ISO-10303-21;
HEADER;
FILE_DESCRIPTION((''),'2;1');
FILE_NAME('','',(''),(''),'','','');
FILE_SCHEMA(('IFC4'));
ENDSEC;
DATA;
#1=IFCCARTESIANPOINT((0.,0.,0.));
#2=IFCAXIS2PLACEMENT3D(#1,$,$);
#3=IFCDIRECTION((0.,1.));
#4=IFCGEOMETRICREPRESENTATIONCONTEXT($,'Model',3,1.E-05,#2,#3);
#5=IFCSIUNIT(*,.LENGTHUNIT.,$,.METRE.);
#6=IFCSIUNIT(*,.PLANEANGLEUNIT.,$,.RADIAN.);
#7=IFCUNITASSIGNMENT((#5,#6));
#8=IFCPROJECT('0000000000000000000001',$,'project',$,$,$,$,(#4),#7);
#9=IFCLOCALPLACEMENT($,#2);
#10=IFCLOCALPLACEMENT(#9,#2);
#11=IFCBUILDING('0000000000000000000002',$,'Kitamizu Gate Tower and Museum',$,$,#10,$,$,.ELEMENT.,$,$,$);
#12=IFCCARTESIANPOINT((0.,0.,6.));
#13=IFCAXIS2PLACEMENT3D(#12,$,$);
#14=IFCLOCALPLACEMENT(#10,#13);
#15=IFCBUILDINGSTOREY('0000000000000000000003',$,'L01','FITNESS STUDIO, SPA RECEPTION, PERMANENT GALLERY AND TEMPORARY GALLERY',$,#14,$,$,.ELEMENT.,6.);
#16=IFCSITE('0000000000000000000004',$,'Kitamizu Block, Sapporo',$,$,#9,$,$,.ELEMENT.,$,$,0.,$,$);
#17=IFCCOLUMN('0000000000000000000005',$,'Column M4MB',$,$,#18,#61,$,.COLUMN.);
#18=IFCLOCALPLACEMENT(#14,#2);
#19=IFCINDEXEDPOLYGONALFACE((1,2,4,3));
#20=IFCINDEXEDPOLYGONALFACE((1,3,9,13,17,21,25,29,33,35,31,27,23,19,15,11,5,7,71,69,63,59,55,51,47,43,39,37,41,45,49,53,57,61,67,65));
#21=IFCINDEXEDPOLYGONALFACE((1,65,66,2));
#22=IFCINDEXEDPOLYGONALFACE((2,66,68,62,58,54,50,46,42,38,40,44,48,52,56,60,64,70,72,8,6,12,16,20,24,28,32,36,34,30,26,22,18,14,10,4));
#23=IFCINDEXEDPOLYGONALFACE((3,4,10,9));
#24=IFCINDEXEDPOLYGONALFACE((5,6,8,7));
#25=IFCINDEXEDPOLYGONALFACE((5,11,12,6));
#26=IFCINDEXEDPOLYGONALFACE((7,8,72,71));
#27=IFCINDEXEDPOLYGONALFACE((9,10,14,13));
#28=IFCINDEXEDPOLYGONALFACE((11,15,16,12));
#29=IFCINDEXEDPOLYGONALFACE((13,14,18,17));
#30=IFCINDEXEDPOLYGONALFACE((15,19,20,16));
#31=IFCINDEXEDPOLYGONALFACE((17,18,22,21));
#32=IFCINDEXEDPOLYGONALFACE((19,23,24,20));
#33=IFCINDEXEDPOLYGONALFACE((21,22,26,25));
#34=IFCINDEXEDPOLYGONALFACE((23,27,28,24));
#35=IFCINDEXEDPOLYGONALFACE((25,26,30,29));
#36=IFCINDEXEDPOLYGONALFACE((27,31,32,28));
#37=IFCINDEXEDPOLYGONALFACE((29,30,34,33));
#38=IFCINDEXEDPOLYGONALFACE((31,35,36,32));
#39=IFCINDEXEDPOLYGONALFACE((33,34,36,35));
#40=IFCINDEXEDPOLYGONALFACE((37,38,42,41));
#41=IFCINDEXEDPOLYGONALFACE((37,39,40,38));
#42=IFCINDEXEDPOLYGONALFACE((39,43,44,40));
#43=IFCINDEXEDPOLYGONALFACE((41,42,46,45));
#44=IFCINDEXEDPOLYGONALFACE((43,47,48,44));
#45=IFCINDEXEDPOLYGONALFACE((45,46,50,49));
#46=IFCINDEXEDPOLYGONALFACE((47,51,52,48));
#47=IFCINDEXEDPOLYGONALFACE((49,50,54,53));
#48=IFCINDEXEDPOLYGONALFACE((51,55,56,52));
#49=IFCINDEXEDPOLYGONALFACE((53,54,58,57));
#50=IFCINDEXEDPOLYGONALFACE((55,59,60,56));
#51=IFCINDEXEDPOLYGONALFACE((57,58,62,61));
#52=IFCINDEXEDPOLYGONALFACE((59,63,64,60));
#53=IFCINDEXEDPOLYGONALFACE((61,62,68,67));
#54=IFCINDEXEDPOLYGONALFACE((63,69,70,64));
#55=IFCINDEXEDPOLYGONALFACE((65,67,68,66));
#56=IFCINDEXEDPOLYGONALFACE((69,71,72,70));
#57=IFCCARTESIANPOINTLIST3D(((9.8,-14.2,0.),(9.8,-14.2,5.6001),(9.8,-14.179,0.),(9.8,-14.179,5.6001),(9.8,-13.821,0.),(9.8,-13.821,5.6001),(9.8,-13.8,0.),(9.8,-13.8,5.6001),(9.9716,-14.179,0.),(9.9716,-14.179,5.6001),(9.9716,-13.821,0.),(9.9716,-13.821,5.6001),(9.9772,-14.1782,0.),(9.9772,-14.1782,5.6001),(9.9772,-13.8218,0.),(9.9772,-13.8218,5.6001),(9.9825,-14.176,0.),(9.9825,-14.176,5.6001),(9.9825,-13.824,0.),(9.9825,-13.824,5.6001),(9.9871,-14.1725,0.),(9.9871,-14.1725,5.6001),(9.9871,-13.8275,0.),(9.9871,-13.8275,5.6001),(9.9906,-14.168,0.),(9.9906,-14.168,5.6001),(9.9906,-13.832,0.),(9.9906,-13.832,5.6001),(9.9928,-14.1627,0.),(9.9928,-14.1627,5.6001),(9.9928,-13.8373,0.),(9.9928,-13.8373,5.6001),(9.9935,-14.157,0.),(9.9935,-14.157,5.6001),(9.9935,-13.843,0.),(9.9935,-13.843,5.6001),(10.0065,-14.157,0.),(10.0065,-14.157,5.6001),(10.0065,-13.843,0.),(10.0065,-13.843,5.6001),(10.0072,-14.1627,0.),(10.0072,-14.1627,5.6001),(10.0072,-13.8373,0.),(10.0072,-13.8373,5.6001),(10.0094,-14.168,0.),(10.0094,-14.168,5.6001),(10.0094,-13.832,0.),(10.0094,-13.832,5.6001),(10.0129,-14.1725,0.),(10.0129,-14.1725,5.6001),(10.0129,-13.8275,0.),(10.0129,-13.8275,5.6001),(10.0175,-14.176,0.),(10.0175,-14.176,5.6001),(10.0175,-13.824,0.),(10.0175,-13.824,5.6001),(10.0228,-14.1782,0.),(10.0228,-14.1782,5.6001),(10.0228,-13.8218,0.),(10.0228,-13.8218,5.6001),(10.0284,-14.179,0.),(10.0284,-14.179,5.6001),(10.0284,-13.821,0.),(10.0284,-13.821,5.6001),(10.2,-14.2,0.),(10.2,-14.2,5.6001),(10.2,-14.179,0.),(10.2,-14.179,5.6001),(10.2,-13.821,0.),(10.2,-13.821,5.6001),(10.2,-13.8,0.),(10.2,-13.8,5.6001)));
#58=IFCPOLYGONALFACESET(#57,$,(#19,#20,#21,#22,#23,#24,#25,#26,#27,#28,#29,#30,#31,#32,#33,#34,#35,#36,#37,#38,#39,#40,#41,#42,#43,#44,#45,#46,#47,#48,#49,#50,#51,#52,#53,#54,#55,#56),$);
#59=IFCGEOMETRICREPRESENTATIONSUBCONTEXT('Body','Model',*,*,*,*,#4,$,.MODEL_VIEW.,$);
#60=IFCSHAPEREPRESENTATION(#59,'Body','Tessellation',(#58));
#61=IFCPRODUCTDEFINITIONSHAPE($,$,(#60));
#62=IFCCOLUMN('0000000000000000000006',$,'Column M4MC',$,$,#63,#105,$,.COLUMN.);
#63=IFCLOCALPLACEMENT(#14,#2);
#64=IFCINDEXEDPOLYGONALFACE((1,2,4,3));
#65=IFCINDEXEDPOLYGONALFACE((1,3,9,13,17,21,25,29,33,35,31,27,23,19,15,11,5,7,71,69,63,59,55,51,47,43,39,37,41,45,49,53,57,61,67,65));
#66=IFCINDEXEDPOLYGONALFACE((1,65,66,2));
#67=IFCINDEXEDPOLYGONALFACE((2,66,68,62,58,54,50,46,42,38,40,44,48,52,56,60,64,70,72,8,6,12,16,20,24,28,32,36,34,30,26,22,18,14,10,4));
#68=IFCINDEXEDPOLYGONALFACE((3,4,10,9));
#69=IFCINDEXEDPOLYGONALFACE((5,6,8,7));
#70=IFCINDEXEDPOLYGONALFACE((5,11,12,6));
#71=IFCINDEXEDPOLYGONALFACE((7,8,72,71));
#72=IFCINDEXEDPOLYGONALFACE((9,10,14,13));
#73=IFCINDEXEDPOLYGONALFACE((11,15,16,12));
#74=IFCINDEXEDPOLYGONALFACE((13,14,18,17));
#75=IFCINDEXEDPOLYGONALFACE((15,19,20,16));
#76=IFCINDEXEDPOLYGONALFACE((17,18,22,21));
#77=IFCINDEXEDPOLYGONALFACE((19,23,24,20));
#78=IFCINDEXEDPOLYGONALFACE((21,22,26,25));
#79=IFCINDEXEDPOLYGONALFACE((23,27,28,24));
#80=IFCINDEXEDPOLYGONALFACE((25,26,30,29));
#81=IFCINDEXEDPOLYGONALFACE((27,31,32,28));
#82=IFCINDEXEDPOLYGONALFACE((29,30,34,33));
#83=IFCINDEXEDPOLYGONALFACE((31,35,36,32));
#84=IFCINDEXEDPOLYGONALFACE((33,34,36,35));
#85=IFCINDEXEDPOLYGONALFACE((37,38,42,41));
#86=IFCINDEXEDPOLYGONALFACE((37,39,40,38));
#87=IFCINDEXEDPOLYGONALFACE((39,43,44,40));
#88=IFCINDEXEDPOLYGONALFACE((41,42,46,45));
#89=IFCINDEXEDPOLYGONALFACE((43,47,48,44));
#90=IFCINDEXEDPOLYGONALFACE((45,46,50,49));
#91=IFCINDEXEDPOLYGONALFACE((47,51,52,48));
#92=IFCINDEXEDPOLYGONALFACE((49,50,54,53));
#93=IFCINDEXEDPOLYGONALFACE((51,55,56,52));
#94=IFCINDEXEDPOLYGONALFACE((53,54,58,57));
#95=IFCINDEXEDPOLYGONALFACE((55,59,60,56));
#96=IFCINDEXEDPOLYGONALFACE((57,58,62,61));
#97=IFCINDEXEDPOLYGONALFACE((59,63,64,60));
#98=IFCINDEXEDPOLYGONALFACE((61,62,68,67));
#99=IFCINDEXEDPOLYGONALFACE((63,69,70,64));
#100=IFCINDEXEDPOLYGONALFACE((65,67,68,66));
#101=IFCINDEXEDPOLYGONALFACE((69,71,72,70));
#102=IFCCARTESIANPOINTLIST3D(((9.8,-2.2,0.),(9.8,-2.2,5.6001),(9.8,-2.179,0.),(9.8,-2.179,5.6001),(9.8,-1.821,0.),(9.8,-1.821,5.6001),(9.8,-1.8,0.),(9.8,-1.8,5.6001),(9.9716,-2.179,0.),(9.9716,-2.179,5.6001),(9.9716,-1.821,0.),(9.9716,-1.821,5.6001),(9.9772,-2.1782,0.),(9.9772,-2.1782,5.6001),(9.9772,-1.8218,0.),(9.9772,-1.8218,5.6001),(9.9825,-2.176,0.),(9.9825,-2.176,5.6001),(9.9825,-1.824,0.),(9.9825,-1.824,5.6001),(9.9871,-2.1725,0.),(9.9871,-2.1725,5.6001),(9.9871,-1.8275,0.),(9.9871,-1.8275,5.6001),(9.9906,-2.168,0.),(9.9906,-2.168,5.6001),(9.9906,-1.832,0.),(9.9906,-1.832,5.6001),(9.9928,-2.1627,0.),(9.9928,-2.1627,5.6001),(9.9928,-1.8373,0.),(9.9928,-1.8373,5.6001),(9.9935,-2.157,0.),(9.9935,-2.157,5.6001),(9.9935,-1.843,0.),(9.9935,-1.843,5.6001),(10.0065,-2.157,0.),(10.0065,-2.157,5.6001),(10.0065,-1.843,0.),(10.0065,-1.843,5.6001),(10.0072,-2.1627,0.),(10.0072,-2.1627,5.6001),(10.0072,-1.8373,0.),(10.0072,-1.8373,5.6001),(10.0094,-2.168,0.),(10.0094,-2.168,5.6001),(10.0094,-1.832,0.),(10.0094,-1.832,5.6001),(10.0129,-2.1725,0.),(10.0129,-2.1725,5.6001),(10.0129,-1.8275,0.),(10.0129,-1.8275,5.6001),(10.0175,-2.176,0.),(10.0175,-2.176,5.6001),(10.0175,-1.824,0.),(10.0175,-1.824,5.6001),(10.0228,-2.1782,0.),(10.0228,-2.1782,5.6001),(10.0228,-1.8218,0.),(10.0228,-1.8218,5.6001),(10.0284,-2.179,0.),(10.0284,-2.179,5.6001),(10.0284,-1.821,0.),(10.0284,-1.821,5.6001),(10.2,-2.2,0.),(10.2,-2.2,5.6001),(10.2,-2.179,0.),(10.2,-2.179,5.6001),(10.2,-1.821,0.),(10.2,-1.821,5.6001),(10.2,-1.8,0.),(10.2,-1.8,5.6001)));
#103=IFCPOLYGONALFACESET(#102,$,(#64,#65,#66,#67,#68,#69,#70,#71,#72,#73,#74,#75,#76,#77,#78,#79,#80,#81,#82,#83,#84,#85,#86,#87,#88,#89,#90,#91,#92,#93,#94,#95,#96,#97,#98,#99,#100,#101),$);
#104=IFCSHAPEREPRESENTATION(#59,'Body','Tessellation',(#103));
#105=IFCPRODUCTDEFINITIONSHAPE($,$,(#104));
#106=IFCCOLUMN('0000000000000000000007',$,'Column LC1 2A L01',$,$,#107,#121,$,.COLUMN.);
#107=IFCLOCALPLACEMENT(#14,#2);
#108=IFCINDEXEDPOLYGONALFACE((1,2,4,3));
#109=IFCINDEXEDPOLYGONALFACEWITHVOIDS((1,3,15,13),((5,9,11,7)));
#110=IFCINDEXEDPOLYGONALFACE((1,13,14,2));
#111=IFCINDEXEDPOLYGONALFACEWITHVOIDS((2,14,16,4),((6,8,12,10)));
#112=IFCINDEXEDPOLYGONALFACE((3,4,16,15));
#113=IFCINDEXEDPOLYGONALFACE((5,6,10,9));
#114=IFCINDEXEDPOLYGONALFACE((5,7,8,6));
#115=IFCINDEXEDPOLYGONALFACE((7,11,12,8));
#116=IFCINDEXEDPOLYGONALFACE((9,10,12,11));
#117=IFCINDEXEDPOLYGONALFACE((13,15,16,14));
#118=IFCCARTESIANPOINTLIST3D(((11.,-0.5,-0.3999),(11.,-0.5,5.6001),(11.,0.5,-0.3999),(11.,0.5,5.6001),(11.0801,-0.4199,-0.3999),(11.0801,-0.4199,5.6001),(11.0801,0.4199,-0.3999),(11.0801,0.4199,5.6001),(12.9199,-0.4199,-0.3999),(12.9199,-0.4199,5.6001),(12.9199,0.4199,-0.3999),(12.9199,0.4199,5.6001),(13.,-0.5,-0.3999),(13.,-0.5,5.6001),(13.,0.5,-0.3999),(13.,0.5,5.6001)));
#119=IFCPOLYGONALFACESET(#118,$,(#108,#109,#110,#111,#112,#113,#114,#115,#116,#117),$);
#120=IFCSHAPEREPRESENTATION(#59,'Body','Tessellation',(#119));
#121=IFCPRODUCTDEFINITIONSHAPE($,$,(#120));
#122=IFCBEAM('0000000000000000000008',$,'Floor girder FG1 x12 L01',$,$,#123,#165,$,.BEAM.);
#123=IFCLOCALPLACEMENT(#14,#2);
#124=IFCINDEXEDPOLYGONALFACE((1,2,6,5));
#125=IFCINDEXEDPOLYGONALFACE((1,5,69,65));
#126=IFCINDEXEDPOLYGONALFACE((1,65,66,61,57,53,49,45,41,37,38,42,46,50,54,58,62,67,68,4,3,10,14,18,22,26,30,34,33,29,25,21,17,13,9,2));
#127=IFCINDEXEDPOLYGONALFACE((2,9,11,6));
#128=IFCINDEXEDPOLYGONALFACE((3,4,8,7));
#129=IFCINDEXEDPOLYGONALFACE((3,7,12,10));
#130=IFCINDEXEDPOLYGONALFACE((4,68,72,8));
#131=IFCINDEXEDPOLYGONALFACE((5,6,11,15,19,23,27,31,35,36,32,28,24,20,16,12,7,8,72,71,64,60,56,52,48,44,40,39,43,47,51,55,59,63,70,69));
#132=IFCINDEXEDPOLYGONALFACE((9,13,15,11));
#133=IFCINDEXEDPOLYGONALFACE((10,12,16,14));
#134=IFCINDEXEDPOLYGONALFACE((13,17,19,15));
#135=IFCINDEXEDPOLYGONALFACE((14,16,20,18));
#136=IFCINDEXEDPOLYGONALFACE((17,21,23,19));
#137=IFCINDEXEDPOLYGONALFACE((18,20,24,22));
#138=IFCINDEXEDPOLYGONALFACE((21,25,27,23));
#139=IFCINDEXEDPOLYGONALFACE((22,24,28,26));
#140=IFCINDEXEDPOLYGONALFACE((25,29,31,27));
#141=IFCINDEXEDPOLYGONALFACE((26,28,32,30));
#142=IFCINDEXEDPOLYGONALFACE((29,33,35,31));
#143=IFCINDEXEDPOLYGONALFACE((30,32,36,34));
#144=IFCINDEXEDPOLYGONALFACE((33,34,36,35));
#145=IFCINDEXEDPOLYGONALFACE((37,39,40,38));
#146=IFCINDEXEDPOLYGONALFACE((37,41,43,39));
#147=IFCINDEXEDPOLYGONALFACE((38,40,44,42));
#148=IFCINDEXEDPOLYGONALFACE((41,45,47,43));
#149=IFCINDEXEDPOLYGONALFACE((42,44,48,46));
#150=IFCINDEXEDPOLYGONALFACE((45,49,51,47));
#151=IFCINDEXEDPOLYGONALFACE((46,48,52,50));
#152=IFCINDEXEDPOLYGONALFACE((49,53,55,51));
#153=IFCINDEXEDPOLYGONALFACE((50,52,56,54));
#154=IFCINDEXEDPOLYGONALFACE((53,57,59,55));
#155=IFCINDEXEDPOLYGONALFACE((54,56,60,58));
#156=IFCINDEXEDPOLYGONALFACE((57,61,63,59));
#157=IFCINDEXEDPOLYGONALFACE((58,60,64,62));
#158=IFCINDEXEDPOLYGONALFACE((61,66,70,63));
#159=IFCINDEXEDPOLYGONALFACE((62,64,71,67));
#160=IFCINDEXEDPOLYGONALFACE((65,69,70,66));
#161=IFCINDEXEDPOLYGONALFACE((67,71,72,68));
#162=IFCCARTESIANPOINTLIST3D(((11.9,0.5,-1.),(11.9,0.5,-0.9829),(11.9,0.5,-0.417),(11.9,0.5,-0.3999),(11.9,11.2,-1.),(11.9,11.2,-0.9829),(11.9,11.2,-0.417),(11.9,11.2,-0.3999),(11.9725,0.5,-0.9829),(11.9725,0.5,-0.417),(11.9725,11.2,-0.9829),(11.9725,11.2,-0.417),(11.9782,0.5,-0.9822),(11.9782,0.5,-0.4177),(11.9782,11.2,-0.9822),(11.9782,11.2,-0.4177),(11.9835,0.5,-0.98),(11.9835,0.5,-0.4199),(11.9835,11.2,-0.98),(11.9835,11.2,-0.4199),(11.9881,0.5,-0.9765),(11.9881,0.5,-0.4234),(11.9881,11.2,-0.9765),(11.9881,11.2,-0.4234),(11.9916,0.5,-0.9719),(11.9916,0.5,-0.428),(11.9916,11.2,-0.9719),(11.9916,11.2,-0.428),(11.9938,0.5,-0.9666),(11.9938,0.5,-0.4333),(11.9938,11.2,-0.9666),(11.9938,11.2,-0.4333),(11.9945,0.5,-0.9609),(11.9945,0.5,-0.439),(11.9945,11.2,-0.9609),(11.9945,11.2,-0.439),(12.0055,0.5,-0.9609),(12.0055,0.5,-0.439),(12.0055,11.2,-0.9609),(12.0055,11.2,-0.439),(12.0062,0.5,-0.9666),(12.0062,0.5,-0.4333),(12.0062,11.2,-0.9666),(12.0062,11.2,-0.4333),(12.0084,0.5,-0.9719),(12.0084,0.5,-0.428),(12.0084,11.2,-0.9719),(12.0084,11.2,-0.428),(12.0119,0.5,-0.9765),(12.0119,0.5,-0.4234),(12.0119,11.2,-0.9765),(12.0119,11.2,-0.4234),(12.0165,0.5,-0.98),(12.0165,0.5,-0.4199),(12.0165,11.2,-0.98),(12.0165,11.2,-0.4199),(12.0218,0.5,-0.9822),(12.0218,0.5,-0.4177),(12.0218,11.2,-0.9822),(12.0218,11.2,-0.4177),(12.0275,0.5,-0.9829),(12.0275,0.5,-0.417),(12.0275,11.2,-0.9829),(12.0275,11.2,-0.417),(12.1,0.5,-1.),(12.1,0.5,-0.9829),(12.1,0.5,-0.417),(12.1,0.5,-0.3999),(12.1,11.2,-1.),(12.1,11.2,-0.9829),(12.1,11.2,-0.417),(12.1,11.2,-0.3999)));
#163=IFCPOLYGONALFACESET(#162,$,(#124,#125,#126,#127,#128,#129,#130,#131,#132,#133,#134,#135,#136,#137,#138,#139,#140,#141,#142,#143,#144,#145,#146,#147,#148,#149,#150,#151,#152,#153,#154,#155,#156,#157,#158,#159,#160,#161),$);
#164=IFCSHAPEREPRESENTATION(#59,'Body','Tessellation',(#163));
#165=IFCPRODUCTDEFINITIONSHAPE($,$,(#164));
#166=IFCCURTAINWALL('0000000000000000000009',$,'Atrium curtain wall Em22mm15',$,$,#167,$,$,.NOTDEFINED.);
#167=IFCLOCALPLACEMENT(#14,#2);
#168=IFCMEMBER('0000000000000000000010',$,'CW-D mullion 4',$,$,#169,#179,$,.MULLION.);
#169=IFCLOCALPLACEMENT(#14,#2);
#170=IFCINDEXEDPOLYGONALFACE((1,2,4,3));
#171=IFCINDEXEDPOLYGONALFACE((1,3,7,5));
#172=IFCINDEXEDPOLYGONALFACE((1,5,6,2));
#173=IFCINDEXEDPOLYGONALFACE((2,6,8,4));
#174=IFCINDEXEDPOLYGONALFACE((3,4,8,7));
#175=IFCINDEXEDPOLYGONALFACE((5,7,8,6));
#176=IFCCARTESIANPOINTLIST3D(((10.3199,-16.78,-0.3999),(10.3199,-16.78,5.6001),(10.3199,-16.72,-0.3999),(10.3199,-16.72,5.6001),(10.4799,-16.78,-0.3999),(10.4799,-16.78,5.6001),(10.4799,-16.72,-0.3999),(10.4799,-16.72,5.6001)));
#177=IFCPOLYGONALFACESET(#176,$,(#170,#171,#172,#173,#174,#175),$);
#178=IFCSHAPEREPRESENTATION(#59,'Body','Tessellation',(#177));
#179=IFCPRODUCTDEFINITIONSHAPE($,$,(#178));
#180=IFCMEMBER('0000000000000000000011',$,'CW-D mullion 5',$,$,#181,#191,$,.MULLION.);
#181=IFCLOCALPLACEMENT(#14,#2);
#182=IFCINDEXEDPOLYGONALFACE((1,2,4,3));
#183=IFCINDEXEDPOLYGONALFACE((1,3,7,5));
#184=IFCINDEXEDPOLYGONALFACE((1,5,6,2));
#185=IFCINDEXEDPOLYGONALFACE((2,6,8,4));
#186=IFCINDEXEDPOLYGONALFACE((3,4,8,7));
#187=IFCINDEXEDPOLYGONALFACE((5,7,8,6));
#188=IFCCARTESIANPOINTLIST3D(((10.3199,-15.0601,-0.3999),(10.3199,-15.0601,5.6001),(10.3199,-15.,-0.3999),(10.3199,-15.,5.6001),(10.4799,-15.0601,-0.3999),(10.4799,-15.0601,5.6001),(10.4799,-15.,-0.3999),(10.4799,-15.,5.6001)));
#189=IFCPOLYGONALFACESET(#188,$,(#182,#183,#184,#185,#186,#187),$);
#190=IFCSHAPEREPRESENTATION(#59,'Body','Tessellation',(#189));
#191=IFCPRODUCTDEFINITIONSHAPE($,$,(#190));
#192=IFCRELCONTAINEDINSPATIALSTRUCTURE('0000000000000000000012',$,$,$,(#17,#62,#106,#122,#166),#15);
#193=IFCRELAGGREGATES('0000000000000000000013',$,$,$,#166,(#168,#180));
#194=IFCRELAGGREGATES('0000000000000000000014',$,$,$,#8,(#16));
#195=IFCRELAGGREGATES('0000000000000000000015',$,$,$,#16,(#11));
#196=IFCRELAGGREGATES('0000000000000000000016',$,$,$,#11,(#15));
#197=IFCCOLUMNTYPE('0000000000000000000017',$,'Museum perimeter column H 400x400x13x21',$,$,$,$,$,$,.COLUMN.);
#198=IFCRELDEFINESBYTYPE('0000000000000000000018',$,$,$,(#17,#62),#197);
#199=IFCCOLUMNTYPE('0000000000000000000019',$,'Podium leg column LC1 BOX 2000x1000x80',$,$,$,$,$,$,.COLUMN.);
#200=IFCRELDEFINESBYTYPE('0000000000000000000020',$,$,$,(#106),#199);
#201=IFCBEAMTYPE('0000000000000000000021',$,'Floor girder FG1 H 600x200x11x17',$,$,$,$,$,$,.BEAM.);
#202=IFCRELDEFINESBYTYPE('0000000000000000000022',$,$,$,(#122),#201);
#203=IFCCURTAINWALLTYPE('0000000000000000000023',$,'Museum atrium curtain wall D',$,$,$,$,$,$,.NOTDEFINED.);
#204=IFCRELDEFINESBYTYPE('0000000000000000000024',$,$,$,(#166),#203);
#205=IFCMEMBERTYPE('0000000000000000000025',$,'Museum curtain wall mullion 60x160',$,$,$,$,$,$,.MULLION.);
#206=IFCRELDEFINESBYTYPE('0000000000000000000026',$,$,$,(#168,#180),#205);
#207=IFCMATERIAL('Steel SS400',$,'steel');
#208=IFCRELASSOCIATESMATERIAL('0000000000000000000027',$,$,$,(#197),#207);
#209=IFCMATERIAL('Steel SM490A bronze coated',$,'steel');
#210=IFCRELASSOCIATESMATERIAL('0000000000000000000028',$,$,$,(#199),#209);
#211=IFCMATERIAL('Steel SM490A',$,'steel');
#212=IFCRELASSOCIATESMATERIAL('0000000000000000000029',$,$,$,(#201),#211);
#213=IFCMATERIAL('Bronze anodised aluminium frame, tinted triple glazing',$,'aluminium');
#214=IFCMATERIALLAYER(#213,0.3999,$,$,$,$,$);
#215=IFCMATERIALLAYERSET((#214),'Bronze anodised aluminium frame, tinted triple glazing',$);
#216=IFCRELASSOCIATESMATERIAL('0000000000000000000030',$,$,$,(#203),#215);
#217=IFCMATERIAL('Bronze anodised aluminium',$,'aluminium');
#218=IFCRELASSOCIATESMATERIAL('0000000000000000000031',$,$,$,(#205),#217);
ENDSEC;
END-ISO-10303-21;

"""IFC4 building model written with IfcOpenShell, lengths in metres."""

from ifc_helpers import new_model, si_unit, direction, frame, origin, origin_2d, place, context, subcontext, project, spatial, rectangle, hollow_rectangle, i_section, extrude, material, layer, layer_set, material_profile, profile_set, type_object, element, aggregate, save


model = new_model("IFC4")

# Units and contexts
model_context = context("Model", 3, precision=1e-05, world=origin(), true_north=direction((0.0, 1.0)))
body_context = subcontext(model_context, "Body", "Model", "MODEL_VIEW")
ifc_project = project(units=[si_unit("LENGTHUNIT", "METRE"), si_unit("PLANEANGLEUNIT", "RADIAN")], contexts=[model_context])

# Site, building, storey
site_placement = place(None, origin())
site = spatial("IfcSite", under=ifc_project, at=site_placement, Name="Kitamizu Block, Sapporo", CompositionType="ELEMENT", RefElevation=0.0)
building_placement = place(site_placement, origin())
building = spatial("IfcBuilding", under=site, at=building_placement, Name="Kitamizu Gate Tower and Museum", CompositionType="ELEMENT")
storey_placement = place(building_placement, frame((0.0, 0.0, 6.0)))
storey = spatial("IfcBuildingStorey", under=building, at=storey_placement, Name="L01", Description="FITNESS STUDIO, SPA RECEPTION, PERMANENT GALLERY AND TEMPORARY GALLERY", CompositionType="ELEMENT", Elevation=6.0)

# Columns
ifc_material_1 = material(Name="Steel SS400", Category="steel")
ifc_material_profile_1 = material_profile(ifc_material_1, i_section(OverallWidth=0.3999, OverallDepth=0.3999, WebThickness=0.0129, FlangeThickness=0.021, FilletRadius=0.022, at=origin_2d()), Name="H-400x400x13x21")
ifc_profile_set_1 = profile_set([ifc_material_profile_1], Name="Steel SS400")
column_type_1 = type_object("IfcColumnType", Name="Museum perimeter column H 400x400x13x21", PredefinedType="COLUMN", material=ifc_profile_set_1)
for number, where, z_axis, x_axis, name in (
    (1, (10.0, -14.0, 0.0), (0.0, 0.0, 1.0), (1.0, 0.0, 0.0), "Column M4MB"),
    (2, (10.0, -2.0, 0.0), (0.0, 0.0, 1.0), (1.0, 0.0, 0.0), "Column M4MC"),
):
    element("IfcColumn", number, at=place(storey_placement, frame(where, z_axis=z_axis, x_axis=x_axis)), inside=storey, type_object=column_type_1, Name=name, PredefinedType="COLUMN", context=body_context, shape_type="SweptSolid", body=[
        extrude(i_section(OverallWidth=0.3999, OverallDepth=0.3999, WebThickness=0.0129, FlangeThickness=0.021, FilletRadius=0.022, at=origin_2d()), origin(), (0.0, 0.0, 1.0), 5.6001),
    ])
ifc_material_2 = material(Name="Steel SM490A bronze coated", Category="steel")
ifc_material_profile_2 = material_profile(ifc_material_2, hollow_rectangle(XDim=2.0, YDim=1.0, WallThickness=0.0801, at=origin_2d()), Name="BOX 2000x1000x80")
ifc_profile_set_2 = profile_set([ifc_material_profile_2], Name="Steel SM490A bronze coated")
column_type_2 = type_object("IfcColumnType", Name="Podium leg column LC1 BOX 2000x1000x80", PredefinedType="COLUMN", material=ifc_profile_set_2)
column_placement = place(storey_placement, frame((12.0, 0.0, -0.3999), z_axis=(0.0, 0.0, 1.0), x_axis=(1.0, 0.0, 0.0)))
element("IfcColumn", 3, at=column_placement, inside=storey, type_object=column_type_2, Name="Column LC1 2A L01", PredefinedType="COLUMN", context=body_context, shape_type="SweptSolid", body=[
    extrude(hollow_rectangle(XDim=2.0, YDim=1.0, WallThickness=0.0801, at=origin_2d()), origin(), (0.0, 0.0, 1.0), 6.0),
])

# Beam
ifc_material_3 = material(Name="Steel SM490A", Category="steel")
ifc_material_profile_3 = material_profile(ifc_material_3, i_section(OverallWidth=0.2, OverallDepth=0.6001, WebThickness=0.011, FlangeThickness=0.0171, FilletRadius=0.022, at=origin_2d()), Name="H-600x200x11x17")
ifc_profile_set_3 = profile_set([ifc_material_profile_3], Name="Steel SM490A")
beam_type_1 = type_object("IfcBeamType", Name="Floor girder FG1 H 600x200x11x17", PredefinedType="BEAM", material=ifc_profile_set_3)
beam_1_placement = place(storey_placement, frame((12.0, 0.5, -0.7), z_axis=(0.0, 1.0, 0.0), x_axis=(-1.0, 0.0, 0.0)))
element("IfcBeam", 4, at=beam_1_placement, inside=storey, type_object=beam_type_1, Name="Floor girder FG1 x12 L01", PredefinedType="BEAM", context=body_context, shape_type="SweptSolid", body=[
    extrude(i_section(OverallWidth=0.2, OverallDepth=0.6001, WebThickness=0.011, FlangeThickness=0.0171, FilletRadius=0.022, at=origin_2d()), origin(), (0.0, 0.0, 1.0), 10.7),
])

# Curtain wall, members
ifc_material_4 = material(Name="Bronze anodised aluminium frame, tinted triple glazing", Category="aluminium")
ifc_layer_1 = layer(ifc_material_4, 0.3999)
ifc_layer_set_1 = layer_set([ifc_layer_1], Name="Bronze anodised aluminium frame, tinted triple glazing")
curtain_wall_type = type_object("IfcCurtainWallType", Name="Museum atrium curtain wall D", PredefinedType="NOTDEFINED", material=ifc_layer_set_1)
curtain_wall_placement = place(storey_placement, origin())
curtain_wall = element("IfcCurtainWall", 5, at=curtain_wall_placement, inside=storey, type_object=curtain_wall_type, Name="Atrium curtain wall Em22mm15", PredefinedType="NOTDEFINED")
ifc_material_5 = material(Name="Bronze anodised aluminium", Category="aluminium")
ifc_material_profile_4 = material_profile(ifc_material_5, rectangle(XDim=0.0601, YDim=0.1599, at=origin_2d()), Name="60x160")
ifc_profile_set_4 = profile_set([ifc_material_profile_4], Name="Bronze anodised aluminium")
member_type_1 = type_object("IfcMemberType", Name="Museum curtain wall mullion 60x160", PredefinedType="MULLION", material=ifc_profile_set_4)
member_1_placement = place(storey_placement, frame((10.3999, -16.75, -0.3999), z_axis=(0.0, 0.0, 1.0), x_axis=(0.0, 1.0, 0.0)))
member_1 = element("IfcMember", 6, at=member_1_placement, type_object=member_type_1, Name="CW-D mullion 4", PredefinedType="MULLION", context=body_context, shape_type="SweptSolid", body=[
    extrude(rectangle(XDim=0.0601, YDim=0.1599, at=origin_2d()), origin(), (0.0, 0.0, 1.0), 6.0),
])
member_2_placement = place(storey_placement, frame((10.3999, -15.03, -0.3999), z_axis=(0.0, 0.0, 1.0), x_axis=(0.0, 1.0, 0.0)))
member_2 = element("IfcMember", 7, at=member_2_placement, type_object=member_type_1, Name="CW-D mullion 5", PredefinedType="MULLION", context=body_context, shape_type="SweptSolid", body=[
    extrude(rectangle(XDim=0.0601, YDim=0.1599, at=origin_2d()), origin(), (0.0, 0.0, 1.0), 6.0),
])

aggregate(curtain_wall, [member_1, member_2])

save(model, "model.ifc")
